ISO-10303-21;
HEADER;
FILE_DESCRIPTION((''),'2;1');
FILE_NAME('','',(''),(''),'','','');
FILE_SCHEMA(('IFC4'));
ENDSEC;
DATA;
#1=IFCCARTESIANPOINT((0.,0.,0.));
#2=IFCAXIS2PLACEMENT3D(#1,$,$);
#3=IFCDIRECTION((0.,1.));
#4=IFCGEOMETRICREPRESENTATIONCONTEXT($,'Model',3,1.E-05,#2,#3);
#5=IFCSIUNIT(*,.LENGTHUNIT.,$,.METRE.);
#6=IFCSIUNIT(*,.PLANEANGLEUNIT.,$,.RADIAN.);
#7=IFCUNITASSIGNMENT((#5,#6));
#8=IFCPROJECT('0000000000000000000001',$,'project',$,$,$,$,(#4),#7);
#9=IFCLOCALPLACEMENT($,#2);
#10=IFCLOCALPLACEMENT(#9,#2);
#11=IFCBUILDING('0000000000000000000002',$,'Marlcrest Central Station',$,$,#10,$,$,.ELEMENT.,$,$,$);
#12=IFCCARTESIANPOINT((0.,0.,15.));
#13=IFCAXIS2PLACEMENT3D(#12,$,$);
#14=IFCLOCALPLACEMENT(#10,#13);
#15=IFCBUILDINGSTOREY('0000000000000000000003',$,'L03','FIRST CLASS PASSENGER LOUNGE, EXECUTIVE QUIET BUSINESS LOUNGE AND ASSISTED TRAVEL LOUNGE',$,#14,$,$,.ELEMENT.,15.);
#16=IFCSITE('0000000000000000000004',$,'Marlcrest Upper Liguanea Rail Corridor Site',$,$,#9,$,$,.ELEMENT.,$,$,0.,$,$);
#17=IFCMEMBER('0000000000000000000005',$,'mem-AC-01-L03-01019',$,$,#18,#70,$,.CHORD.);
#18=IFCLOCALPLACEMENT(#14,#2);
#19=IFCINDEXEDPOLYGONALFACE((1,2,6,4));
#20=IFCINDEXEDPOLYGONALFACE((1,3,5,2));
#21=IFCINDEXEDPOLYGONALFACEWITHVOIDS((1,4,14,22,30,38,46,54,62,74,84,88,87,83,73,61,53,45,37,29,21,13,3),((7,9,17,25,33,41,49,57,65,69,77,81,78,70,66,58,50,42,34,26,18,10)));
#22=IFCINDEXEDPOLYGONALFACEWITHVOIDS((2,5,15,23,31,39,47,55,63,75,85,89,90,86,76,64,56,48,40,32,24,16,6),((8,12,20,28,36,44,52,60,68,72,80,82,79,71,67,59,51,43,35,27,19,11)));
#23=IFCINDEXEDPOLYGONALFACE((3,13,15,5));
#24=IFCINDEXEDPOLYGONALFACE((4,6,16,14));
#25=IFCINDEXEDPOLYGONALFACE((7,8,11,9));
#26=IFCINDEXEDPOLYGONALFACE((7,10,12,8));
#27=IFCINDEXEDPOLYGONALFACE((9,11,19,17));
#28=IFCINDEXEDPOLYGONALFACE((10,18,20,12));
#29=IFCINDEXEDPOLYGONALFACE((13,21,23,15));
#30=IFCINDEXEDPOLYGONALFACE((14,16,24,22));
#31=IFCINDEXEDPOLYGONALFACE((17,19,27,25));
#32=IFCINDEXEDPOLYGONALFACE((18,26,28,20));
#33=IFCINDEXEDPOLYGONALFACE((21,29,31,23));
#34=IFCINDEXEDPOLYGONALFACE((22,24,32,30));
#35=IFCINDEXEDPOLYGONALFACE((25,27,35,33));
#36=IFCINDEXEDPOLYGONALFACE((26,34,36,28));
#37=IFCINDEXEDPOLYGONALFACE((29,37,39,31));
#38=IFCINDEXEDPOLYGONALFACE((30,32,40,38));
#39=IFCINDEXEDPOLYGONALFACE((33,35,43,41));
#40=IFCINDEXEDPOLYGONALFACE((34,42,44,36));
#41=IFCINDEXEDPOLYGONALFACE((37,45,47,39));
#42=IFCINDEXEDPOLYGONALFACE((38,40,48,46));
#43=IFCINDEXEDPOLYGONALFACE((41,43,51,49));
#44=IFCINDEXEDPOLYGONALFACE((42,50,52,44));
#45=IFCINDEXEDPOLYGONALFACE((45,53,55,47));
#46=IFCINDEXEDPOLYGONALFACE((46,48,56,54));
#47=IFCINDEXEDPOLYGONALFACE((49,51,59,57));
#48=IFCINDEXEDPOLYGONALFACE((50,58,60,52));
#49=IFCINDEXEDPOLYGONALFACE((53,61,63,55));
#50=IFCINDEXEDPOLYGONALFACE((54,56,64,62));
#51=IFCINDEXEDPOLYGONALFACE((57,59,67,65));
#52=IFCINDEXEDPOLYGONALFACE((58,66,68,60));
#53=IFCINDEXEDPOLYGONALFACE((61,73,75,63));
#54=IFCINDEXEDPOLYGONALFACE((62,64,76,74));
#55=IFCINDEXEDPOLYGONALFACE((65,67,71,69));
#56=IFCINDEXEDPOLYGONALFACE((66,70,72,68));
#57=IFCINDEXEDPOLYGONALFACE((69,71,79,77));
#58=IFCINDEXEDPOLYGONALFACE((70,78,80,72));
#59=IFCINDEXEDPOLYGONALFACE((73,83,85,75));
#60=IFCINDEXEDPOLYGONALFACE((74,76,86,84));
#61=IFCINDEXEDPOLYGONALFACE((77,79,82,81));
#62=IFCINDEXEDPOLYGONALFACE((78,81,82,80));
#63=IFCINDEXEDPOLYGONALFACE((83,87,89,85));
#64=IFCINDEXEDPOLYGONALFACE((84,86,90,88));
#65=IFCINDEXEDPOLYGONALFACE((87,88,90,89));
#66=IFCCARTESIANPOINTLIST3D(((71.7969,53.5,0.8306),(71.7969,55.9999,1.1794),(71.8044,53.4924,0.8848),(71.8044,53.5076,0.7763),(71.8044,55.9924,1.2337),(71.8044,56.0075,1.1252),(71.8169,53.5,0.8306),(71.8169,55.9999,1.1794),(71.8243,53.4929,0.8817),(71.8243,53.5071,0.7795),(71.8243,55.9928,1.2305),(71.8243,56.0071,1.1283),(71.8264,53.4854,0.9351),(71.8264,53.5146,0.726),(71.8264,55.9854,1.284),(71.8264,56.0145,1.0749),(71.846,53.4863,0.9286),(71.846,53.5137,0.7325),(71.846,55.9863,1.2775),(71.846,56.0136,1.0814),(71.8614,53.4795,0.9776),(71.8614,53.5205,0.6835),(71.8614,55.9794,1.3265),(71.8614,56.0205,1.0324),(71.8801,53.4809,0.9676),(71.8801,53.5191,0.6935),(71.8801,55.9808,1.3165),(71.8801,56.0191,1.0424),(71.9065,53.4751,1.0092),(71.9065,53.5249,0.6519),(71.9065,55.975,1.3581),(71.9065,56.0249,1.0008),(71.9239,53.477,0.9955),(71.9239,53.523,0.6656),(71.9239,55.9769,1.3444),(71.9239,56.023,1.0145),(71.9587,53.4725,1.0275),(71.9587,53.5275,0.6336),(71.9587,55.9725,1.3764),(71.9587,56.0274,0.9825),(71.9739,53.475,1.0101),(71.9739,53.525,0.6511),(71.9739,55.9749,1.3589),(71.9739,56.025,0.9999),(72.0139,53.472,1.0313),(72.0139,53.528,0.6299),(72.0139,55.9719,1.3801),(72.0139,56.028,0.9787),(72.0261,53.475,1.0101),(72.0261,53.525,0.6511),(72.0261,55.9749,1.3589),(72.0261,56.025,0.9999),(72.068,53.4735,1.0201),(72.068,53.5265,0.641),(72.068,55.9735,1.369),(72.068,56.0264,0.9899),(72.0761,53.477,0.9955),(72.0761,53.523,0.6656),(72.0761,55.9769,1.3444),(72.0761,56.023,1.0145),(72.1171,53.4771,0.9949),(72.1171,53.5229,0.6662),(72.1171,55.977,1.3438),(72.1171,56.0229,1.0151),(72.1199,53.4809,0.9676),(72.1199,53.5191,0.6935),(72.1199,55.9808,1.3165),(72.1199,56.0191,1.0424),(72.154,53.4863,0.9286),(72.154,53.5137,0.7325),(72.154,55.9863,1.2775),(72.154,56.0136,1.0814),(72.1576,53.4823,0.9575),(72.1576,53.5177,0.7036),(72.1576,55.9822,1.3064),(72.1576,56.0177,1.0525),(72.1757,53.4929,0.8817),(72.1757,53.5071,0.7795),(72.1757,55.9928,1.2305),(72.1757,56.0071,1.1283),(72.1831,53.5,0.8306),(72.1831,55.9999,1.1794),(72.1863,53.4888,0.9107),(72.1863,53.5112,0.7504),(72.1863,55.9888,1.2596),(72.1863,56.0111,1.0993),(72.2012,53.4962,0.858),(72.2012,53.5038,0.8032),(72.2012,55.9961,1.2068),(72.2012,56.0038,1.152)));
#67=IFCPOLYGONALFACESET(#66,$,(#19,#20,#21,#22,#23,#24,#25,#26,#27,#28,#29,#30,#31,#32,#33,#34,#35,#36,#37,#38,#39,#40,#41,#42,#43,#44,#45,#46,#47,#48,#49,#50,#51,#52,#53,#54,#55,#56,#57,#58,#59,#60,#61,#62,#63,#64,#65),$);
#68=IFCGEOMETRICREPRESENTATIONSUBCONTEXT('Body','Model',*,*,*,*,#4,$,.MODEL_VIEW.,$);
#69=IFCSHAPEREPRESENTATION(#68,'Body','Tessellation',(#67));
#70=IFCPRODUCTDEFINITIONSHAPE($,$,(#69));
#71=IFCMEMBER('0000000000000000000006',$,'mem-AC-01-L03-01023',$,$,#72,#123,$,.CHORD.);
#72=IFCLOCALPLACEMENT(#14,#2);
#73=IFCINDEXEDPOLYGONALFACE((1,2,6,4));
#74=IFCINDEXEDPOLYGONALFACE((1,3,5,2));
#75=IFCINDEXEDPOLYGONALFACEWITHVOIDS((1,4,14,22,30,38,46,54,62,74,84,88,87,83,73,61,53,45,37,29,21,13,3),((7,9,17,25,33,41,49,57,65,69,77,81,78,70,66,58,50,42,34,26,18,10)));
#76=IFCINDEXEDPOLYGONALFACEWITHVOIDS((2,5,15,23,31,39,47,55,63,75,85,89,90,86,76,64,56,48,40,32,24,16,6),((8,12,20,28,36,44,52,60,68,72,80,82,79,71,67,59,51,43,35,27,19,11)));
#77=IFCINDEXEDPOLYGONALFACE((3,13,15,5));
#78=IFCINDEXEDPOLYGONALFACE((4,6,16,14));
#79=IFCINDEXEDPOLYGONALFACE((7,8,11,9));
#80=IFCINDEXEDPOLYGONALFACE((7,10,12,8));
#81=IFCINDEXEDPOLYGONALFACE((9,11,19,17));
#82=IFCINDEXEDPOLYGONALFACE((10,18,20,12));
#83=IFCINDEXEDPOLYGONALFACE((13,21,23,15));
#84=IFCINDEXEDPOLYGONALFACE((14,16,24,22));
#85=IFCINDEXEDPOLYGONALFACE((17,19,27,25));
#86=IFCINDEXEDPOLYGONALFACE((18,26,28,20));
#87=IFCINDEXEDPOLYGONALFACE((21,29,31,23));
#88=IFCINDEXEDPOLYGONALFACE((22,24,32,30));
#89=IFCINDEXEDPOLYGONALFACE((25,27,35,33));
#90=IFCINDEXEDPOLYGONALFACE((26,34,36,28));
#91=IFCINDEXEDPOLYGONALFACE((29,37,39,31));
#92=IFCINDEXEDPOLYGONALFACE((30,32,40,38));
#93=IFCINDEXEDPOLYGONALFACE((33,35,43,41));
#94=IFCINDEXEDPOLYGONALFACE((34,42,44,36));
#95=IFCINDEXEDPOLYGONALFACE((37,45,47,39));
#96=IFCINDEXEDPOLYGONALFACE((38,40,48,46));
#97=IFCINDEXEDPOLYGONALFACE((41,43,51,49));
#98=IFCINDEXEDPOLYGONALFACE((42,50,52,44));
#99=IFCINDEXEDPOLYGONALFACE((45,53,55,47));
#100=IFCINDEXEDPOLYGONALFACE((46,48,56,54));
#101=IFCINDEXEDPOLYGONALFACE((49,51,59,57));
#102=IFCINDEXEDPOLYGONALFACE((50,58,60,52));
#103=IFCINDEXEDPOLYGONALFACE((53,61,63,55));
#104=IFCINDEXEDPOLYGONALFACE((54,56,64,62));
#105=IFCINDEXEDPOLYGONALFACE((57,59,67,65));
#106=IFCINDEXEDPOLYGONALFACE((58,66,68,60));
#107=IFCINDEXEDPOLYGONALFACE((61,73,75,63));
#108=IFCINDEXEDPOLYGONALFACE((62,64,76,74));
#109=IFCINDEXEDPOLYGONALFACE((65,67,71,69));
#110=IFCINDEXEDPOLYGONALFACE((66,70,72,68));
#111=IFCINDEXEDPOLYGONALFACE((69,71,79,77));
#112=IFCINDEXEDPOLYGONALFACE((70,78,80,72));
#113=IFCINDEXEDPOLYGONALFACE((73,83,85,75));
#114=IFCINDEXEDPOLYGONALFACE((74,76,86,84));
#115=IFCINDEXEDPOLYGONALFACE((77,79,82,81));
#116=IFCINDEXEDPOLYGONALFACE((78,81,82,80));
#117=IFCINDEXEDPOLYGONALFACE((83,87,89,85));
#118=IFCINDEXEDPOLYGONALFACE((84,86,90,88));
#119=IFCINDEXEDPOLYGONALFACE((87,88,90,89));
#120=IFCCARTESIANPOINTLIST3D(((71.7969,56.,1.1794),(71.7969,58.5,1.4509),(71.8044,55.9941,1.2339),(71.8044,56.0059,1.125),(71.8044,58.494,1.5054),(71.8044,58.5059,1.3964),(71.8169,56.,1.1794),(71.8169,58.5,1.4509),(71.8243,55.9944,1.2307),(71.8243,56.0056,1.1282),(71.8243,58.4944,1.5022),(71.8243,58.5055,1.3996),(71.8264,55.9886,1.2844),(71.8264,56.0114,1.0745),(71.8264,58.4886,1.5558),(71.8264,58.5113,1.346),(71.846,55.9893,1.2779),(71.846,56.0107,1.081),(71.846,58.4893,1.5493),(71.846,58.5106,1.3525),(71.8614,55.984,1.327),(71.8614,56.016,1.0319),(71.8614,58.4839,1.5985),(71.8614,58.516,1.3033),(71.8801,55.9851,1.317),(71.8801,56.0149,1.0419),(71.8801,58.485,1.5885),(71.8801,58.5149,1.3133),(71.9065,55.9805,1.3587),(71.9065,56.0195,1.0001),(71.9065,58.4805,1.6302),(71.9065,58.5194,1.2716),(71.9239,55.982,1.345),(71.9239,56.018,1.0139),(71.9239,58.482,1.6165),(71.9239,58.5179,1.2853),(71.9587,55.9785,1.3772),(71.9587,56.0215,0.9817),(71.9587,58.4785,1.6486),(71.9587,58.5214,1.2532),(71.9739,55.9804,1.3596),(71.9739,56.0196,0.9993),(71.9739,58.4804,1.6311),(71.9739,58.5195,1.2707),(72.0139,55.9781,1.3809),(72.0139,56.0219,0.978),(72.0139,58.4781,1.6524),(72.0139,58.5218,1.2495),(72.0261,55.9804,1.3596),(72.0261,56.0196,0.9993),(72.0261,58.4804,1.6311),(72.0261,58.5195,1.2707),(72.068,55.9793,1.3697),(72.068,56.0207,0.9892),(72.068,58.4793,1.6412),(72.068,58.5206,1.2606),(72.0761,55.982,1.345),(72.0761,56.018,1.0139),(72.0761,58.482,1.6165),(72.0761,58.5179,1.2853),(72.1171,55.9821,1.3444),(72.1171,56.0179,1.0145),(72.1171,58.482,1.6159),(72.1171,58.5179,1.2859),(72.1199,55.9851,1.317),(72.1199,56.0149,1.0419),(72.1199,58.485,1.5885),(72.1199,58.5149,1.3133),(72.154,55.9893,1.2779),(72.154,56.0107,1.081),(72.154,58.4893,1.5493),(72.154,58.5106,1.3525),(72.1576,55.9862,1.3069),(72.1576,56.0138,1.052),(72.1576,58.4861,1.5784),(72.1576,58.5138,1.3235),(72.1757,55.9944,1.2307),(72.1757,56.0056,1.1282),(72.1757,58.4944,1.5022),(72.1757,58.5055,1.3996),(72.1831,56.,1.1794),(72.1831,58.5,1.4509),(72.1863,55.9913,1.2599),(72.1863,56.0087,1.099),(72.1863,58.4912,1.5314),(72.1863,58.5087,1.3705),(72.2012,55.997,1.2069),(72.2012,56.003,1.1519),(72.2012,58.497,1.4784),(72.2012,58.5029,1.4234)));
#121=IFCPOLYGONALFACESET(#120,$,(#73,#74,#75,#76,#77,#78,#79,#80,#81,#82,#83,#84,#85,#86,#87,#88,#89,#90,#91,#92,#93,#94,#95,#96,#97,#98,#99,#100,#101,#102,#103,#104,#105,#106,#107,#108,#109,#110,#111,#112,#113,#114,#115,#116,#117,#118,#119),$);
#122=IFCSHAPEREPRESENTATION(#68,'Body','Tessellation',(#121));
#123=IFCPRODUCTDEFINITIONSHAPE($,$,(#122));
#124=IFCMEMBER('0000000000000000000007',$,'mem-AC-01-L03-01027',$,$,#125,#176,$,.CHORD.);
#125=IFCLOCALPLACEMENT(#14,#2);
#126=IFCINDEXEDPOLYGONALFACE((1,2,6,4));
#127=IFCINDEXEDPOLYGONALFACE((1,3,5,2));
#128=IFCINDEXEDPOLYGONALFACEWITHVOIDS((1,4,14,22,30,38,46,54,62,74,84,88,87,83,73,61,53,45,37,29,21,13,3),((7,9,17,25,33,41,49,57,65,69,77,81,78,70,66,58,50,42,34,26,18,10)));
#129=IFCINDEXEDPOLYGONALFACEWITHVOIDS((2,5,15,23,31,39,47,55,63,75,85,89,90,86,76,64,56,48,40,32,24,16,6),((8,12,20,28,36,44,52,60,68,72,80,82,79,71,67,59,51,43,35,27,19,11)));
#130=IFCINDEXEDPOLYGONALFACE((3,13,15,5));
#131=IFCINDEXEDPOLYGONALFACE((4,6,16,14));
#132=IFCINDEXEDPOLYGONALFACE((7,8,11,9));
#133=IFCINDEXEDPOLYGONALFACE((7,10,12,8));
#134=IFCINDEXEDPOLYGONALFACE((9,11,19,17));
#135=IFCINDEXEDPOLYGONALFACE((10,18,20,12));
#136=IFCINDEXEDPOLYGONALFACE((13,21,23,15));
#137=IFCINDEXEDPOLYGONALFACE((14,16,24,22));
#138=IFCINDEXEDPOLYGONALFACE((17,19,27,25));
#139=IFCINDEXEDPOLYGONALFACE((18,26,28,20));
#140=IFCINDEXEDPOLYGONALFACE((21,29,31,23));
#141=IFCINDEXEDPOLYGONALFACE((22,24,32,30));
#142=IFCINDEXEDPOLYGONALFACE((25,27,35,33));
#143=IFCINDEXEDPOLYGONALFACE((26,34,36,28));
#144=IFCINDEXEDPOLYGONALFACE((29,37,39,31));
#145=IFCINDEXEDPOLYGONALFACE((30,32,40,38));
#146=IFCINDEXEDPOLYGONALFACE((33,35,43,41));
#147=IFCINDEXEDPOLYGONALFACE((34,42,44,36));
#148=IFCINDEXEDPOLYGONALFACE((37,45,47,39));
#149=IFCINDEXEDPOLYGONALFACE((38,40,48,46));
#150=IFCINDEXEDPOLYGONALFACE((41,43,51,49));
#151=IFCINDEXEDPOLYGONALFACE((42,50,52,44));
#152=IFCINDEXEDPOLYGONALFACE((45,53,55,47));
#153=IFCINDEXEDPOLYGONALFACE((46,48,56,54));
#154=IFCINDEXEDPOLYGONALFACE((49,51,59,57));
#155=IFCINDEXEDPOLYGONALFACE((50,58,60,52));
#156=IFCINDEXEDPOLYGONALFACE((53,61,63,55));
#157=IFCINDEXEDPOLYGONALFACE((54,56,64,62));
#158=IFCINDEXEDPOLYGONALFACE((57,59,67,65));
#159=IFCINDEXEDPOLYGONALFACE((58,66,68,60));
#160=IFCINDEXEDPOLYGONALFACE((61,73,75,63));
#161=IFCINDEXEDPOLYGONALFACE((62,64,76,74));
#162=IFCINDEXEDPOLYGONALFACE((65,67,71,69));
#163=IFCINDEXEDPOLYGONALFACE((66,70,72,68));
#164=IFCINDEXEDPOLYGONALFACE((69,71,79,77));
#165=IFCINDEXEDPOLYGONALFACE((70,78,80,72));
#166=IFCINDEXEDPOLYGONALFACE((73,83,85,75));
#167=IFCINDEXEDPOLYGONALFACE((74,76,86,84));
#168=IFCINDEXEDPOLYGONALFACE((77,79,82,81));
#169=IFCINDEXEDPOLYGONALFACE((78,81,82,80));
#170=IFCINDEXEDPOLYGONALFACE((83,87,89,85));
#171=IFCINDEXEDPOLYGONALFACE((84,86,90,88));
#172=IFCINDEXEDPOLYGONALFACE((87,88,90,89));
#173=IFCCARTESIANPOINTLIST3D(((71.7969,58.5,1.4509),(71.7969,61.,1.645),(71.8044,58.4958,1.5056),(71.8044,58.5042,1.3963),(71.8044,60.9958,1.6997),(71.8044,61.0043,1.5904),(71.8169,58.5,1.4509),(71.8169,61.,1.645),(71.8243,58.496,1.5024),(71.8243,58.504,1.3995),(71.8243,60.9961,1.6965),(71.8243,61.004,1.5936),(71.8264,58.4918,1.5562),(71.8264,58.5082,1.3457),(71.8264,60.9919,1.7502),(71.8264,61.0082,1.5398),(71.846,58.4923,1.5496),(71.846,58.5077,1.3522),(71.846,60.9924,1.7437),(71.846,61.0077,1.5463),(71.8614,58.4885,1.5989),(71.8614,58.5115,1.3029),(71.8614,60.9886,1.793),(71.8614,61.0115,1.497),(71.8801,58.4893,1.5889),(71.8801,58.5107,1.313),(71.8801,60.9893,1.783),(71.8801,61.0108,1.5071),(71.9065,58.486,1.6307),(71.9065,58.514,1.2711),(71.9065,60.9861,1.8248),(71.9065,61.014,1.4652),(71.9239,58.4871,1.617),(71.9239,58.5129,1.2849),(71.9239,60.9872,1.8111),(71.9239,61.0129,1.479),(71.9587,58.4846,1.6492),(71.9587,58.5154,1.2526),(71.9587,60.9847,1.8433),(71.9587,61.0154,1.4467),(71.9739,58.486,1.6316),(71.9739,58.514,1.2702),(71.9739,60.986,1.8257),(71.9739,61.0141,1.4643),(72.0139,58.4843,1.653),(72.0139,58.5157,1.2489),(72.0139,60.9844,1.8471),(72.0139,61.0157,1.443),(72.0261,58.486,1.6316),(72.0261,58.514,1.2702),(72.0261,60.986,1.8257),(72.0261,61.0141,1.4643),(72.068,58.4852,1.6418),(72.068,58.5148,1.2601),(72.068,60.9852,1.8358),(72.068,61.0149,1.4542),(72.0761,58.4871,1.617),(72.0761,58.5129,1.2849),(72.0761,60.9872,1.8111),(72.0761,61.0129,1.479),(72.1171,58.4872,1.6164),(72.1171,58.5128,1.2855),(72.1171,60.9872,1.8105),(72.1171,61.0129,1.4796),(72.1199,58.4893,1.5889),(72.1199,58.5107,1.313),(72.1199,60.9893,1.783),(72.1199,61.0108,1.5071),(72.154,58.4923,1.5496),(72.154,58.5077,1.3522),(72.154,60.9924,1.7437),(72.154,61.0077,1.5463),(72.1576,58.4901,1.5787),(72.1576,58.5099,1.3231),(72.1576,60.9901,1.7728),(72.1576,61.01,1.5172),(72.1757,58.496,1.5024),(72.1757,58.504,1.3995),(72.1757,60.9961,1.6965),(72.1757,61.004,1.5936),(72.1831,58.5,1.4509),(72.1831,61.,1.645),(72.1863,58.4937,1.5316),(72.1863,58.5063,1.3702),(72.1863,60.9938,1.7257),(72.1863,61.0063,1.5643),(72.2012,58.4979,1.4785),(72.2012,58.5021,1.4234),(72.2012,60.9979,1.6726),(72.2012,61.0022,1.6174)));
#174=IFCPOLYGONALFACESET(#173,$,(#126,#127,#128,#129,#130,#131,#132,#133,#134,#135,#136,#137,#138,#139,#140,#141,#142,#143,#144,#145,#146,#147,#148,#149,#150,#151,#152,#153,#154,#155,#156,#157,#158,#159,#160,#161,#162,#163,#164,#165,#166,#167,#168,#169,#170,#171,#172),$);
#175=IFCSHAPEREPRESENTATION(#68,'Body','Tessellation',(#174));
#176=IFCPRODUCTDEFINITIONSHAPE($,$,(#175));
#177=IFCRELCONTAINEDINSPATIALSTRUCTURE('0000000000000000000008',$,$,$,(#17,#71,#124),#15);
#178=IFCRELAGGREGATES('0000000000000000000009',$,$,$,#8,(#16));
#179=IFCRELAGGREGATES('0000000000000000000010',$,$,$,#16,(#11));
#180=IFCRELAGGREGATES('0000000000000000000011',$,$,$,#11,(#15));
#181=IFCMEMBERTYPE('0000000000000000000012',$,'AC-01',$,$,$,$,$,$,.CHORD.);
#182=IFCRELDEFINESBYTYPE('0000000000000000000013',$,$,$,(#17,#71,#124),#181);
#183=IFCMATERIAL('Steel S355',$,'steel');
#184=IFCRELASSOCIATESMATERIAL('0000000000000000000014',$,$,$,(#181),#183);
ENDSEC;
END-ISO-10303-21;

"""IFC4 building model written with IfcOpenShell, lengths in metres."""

from ifc_helpers import new_model, si_unit, direction, frame, origin, origin_2d, place, context, subcontext, project, spatial, hollow_circle, extrude, material, material_profile, profile_set, type_object, element, save


model = new_model("IFC4")

# Units and contexts
model_context = context("Model", 3, precision=1e-05, world=origin(), true_north=direction((0.0, 1.0)))
body_context = subcontext(model_context, "Body", "Model", "MODEL_VIEW")
ifc_project = project(units=[si_unit("LENGTHUNIT", "METRE"), si_unit("PLANEANGLEUNIT", "RADIAN")], contexts=[model_context])

# Site, building, storey
site_placement = place(None, origin())
site = spatial("IfcSite", under=ifc_project, at=site_placement, Name="Marlcrest Upper Liguanea Rail Corridor Site", CompositionType="ELEMENT", RefElevation=0.0)
building_placement = place(site_placement, origin())
building = spatial("IfcBuilding", under=site, at=building_placement, Name="Marlcrest Central Station", CompositionType="ELEMENT")
storey_placement = place(building_placement, frame((0.0, 0.0, 15.0)))
storey = spatial("IfcBuildingStorey", under=building, at=storey_placement, Name="L03", Description="FIRST CLASS PASSENGER LOUNGE, EXECUTIVE QUIET BUSINESS LOUNGE AND ASSISTED TRAVEL LOUNGE", CompositionType="ELEMENT", Elevation=15.0)

# Members
ifc_material_1 = material(Name="Steel S355", Category="steel")
ifc_material_profile_1 = material_profile(ifc_material_1, hollow_circle(Radius=0.2031, WallThickness=0.02, at=origin_2d()), Name="CHS 406.4x20")
ifc_profile_set_1 = profile_set([ifc_material_profile_1], Name="Steel S355")
member_type_1 = type_object("IfcMemberType", Name="AC-01", PredefinedType="CHORD", material=ifc_profile_set_1)
member_1_placement = place(storey_placement, frame((72.0, 53.5, 0.8306), z_axis=(0.0, 0.990403, 0.138211), x_axis=(-1.0, 0.0, 0.0)))
element("IfcMember", 1, at=member_1_placement, inside=storey, type_object=member_type_1, Name="mem-AC-01-L03-01019", PredefinedType="CHORD", context=body_context, shape_type="SweptSolid", body=[
    extrude(hollow_circle(Radius=0.2031, WallThickness=0.02, at=origin_2d()), origin(), (0.0, 0.0, 1.0), 2.5242),
])
member_2_placement = place(storey_placement, frame((72.0, 56.0, 1.1794), z_axis=(0.0, 0.994155, 0.107959), x_axis=(-1.0, 0.0, 0.0)))
element("IfcMember", 2, at=member_2_placement, inside=storey, type_object=member_type_1, Name="mem-AC-01-L03-01023", PredefinedType="CHORD", context=body_context, shape_type="SweptSolid", body=[
    extrude(hollow_circle(Radius=0.2031, WallThickness=0.02, at=origin_2d()), origin(), (0.0, 0.0, 1.0), 2.5146),
])
member_3_placement = place(storey_placement, frame((72.0, 58.5, 1.4509), z_axis=(0.0, 0.997, 0.077404), x_axis=(-1.0, 0.0, 0.0)))
element("IfcMember", 3, at=member_3_placement, inside=storey, type_object=member_type_1, Name="mem-AC-01-L03-01027", PredefinedType="CHORD", context=body_context, shape_type="SweptSolid", body=[
    extrude(hollow_circle(Radius=0.2031, WallThickness=0.02, at=origin_2d()), origin(), (0.0, 0.0, 1.0), 2.5076),
])

save(model, "model.ifc")
